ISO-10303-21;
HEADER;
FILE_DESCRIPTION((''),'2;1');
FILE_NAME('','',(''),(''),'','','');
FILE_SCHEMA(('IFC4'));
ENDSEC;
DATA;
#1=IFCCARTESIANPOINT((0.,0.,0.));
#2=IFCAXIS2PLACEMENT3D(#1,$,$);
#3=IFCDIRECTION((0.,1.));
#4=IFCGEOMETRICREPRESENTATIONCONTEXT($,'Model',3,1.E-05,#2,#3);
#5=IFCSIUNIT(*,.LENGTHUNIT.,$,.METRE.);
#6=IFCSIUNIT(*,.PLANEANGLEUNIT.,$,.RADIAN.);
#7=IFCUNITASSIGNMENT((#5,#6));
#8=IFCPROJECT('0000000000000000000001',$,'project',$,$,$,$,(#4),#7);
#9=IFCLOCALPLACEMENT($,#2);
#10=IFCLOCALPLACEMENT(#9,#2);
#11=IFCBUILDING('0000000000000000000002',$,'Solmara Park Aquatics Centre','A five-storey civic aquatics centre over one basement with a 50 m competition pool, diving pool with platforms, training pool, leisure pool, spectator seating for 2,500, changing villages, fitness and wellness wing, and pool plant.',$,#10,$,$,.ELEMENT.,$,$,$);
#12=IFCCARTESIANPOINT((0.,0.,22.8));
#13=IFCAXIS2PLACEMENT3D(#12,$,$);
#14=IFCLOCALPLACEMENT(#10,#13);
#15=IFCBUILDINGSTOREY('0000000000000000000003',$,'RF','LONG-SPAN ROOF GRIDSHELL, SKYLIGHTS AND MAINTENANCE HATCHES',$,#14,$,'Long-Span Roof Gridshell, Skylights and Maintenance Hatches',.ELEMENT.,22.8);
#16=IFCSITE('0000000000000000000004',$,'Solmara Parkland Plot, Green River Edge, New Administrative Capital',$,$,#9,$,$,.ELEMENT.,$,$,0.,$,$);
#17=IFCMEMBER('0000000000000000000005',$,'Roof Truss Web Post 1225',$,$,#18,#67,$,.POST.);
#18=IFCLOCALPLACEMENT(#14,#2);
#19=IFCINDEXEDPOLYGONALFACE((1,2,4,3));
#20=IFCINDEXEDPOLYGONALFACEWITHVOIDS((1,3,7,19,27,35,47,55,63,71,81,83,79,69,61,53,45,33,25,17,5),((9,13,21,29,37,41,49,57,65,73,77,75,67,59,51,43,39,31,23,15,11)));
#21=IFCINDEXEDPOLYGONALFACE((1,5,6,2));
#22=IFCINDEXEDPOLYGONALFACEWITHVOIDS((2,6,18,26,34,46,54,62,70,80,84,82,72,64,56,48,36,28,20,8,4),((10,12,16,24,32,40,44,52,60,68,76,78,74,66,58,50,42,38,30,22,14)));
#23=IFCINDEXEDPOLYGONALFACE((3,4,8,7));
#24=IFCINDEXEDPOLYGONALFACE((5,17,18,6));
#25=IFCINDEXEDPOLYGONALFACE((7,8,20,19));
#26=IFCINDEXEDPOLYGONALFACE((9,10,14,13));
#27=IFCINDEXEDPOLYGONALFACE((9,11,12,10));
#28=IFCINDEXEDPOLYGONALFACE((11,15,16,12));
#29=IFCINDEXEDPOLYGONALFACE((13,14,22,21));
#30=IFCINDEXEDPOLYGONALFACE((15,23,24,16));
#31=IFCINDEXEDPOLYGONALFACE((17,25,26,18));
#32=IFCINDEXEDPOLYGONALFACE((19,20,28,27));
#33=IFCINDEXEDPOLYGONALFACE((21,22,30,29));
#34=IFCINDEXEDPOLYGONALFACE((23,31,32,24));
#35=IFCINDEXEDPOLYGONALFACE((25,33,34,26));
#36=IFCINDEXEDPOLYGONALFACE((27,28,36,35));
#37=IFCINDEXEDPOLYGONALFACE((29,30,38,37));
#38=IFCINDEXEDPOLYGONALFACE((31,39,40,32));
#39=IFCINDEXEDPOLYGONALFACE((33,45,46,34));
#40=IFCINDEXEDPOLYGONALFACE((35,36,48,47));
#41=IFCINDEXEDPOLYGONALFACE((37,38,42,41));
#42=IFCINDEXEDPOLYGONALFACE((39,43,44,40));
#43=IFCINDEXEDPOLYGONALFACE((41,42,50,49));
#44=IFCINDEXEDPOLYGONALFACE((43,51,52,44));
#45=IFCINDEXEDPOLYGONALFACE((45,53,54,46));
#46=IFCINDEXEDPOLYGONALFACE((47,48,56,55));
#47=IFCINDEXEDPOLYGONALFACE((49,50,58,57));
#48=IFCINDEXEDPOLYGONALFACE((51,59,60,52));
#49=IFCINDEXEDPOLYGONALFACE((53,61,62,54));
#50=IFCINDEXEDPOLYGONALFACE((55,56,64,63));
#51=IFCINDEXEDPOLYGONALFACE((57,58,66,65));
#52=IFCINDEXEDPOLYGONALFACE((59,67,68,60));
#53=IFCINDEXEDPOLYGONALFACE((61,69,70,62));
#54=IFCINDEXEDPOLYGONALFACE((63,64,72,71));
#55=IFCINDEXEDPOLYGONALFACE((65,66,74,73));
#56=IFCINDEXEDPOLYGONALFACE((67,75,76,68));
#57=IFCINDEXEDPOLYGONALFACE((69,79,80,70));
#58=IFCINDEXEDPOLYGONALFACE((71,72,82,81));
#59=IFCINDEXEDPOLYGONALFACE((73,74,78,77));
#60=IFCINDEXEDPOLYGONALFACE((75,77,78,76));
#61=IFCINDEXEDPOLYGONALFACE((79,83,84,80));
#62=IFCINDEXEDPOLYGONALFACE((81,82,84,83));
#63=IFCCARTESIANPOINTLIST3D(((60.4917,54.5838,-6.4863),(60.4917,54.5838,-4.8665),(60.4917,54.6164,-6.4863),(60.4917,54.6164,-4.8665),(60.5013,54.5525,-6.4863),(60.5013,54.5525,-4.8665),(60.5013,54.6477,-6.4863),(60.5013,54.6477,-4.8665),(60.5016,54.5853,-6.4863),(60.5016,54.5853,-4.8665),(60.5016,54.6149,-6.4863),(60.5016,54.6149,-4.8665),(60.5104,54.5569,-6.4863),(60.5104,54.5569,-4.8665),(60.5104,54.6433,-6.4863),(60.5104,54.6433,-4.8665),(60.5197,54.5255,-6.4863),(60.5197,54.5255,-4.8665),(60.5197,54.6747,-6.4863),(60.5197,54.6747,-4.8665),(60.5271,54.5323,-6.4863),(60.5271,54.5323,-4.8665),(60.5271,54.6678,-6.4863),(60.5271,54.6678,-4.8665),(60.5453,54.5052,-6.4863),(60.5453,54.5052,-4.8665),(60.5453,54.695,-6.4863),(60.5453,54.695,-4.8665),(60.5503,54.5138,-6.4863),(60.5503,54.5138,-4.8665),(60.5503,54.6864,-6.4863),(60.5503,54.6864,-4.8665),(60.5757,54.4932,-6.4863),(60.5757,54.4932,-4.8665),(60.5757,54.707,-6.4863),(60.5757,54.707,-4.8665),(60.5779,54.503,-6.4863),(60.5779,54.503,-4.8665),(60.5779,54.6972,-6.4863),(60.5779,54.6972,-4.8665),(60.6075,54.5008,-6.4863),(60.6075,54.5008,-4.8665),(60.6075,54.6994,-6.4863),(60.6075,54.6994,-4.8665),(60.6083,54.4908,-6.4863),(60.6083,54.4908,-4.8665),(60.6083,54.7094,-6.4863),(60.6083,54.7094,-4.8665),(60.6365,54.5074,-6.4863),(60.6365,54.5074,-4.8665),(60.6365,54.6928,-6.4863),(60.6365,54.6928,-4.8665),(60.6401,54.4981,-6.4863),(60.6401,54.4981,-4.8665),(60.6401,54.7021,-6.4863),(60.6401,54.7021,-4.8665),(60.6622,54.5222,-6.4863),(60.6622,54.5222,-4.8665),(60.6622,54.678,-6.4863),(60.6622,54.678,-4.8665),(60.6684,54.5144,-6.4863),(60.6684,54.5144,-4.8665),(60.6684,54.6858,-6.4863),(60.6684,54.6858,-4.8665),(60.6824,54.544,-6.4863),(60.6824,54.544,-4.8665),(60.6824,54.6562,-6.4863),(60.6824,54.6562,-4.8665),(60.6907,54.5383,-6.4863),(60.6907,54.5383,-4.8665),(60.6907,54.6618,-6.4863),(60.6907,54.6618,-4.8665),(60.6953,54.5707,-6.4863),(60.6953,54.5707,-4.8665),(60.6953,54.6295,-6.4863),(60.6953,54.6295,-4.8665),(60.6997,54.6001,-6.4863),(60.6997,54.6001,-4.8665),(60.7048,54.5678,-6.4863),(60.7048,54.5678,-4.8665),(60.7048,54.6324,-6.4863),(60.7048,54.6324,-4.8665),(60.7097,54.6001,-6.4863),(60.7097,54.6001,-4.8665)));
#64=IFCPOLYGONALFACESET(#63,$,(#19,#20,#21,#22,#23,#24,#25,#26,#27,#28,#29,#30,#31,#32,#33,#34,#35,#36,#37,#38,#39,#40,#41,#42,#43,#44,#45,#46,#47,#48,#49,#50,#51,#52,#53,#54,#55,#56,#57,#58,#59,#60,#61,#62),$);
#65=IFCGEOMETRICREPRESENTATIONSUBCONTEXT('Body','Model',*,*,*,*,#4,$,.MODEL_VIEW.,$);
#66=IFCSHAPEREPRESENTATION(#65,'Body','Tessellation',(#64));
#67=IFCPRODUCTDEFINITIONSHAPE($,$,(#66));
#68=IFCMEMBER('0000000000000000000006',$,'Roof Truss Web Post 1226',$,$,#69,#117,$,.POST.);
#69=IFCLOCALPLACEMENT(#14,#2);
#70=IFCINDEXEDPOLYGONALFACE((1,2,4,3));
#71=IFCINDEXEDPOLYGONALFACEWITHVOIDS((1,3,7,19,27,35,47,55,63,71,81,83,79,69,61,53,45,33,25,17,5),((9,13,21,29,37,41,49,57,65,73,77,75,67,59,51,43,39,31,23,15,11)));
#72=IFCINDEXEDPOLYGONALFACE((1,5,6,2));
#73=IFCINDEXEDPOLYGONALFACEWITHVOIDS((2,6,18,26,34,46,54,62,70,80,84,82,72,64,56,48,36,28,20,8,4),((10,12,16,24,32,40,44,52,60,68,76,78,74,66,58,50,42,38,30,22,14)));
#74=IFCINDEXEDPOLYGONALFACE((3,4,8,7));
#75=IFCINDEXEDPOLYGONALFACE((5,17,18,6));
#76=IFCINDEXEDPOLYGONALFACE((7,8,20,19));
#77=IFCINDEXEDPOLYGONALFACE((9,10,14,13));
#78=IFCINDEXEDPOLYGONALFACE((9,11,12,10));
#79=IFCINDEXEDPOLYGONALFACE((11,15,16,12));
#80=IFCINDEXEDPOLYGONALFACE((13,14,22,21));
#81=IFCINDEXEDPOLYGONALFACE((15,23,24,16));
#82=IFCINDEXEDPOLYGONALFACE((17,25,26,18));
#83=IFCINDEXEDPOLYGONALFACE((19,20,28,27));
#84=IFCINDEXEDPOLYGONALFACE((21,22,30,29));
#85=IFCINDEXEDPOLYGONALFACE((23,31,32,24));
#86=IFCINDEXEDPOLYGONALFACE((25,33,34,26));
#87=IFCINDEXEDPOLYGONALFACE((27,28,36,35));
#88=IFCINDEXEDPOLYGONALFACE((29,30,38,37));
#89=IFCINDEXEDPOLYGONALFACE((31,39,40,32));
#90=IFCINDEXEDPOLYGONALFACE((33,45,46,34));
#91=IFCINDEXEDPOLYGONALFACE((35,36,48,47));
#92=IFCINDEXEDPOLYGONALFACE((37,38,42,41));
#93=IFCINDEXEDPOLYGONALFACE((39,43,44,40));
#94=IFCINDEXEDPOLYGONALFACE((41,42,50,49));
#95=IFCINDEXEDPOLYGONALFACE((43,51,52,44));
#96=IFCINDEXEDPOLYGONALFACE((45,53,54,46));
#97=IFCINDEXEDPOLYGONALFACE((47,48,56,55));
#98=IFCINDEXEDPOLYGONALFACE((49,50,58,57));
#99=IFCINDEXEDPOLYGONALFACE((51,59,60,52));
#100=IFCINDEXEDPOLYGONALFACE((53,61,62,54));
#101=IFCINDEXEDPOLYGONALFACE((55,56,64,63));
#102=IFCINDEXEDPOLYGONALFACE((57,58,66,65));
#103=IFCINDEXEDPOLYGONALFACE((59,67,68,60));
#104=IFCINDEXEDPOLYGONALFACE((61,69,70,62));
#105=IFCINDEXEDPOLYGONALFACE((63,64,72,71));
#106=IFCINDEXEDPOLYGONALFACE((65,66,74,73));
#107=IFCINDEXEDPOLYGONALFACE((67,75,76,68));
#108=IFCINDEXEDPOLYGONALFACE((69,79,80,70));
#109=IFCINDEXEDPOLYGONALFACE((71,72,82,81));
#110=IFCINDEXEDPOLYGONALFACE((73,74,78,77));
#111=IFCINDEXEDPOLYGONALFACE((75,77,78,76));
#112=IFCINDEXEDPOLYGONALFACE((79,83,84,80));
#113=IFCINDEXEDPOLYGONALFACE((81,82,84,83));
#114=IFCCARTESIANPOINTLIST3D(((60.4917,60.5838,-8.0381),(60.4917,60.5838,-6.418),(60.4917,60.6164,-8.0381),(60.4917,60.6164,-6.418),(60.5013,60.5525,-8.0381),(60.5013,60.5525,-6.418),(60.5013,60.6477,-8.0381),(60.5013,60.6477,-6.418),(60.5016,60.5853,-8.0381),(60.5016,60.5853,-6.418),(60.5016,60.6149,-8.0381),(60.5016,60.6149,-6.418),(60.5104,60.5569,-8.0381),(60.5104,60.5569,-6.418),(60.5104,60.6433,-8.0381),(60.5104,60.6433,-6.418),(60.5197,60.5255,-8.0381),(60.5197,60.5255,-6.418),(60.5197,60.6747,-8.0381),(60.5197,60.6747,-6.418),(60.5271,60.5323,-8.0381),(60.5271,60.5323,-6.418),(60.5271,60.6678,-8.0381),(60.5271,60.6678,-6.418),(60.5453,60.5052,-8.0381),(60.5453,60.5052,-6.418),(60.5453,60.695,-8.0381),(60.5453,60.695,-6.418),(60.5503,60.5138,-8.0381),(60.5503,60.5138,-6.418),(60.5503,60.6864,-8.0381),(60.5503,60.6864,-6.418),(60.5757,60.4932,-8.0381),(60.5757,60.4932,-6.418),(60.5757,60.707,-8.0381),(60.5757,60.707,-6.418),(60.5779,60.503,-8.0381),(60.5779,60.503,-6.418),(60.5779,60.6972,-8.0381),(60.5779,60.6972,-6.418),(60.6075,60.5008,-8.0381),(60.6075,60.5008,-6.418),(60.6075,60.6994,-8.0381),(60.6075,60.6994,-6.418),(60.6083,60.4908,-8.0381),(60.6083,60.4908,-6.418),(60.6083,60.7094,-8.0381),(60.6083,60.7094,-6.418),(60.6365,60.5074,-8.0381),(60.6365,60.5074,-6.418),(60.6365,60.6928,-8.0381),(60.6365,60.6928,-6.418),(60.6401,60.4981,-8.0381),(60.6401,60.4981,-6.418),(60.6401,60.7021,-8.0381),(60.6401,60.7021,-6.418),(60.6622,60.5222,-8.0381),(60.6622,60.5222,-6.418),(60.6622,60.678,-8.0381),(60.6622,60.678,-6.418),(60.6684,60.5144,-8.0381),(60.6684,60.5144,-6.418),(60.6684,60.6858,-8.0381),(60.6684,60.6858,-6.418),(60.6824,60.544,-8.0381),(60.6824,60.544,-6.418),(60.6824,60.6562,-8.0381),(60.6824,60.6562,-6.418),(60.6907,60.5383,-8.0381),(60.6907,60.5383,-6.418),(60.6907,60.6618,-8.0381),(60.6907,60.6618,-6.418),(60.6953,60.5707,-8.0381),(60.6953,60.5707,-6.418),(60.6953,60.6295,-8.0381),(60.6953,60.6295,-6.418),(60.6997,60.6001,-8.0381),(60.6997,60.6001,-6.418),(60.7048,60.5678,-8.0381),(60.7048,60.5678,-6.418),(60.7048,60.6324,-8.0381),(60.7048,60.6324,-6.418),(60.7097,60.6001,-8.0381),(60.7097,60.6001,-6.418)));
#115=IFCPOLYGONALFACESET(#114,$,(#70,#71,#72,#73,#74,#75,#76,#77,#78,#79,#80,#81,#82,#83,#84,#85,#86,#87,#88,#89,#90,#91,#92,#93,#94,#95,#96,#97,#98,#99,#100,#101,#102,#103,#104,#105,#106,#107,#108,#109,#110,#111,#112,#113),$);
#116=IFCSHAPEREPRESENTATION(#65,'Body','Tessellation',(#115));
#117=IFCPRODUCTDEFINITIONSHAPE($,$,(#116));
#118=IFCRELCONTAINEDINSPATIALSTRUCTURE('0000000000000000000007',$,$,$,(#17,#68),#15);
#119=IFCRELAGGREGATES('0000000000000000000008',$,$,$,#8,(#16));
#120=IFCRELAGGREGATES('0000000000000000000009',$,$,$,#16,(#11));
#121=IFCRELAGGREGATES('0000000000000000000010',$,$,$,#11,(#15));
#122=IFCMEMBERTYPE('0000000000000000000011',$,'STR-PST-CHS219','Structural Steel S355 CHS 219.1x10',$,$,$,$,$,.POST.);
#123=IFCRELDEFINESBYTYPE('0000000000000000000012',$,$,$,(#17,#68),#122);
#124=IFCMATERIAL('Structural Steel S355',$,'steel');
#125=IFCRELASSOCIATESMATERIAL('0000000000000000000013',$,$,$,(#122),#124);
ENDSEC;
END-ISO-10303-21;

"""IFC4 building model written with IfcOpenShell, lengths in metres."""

from ifc_helpers import new_model, si_unit, direction, frame, origin, origin_2d, place, context, subcontext, project, spatial, hollow_circle, extrude, material, material_profile, profile_set, type_object, element, save


model = new_model("IFC4")

# Units and contexts
model_context = context("Model", 3, precision=1e-05, world=origin(), true_north=direction((0.0, 1.0)))
body_context = subcontext(model_context, "Body", "Model", "MODEL_VIEW")
ifc_project = project(units=[si_unit("LENGTHUNIT", "METRE"), si_unit("PLANEANGLEUNIT", "RADIAN")], contexts=[model_context])

# Site, building, storey
site_placement = place(None, origin())
site = spatial("IfcSite", under=ifc_project, at=site_placement, Name="Solmara Parkland Plot, Green River Edge, New Administrative Capital", CompositionType="ELEMENT", RefElevation=0.0)
building_placement = place(site_placement, origin())
building = spatial("IfcBuilding", under=site, at=building_placement, Name="Solmara Park Aquatics Centre", Description="A five-storey civic aquatics centre over one basement with a 50 m competition pool, diving pool with platforms, training pool, leisure pool, spectator seating for 2,500, changing villages, fitness and wellness wing, and pool plant.", CompositionType="ELEMENT")
storey_placement = place(building_placement, frame((0.0, 0.0, 22.8)))
storey = spatial("IfcBuildingStorey", under=building, at=storey_placement, Name="RF", Description="LONG-SPAN ROOF GRIDSHELL, SKYLIGHTS AND MAINTENANCE HATCHES", LongName="Long-Span Roof Gridshell, Skylights and Maintenance Hatches", CompositionType="ELEMENT", Elevation=22.8)

# Members
ifc_material_1 = material(Name="Structural Steel S355", Category="steel")
ifc_material_profile_1 = material_profile(ifc_material_1, hollow_circle(Radius=0.1096, WallThickness=0.01, at=origin_2d()), Name="CHS 219.1x10")
ifc_profile_set_1 = profile_set([ifc_material_profile_1], Name="Structural Steel S355")
member_type_1 = type_object("IfcMemberType", Name="STR-PST-CHS219", Description="Structural Steel S355 CHS 219.1x10", PredefinedType="POST", material=ifc_profile_set_1)
member_1_placement = place(storey_placement, frame((60.6001, 54.6001, -6.4863), z_axis=(0.0, 0.0, 1.0), x_axis=(1.0, 0.0, 0.0)))
element("IfcMember", 1, at=member_1_placement, inside=storey, type_object=member_type_1, Name="Roof Truss Web Post 1225", PredefinedType="POST", context=body_context, shape_type="SweptSolid", body=[
    extrude(hollow_circle(Radius=0.1096, WallThickness=0.01, at=origin_2d()), origin(), (0.0, 0.0, 1.0), 1.6199),
])
member_2_placement = place(storey_placement, frame((60.6001, 60.6001, -8.0381), z_axis=(0.0, 0.0, 1.0), x_axis=(1.0, 0.0, 0.0)))
element("IfcMember", 2, at=member_2_placement, inside=storey, type_object=member_type_1, Name="Roof Truss Web Post 1226", PredefinedType="POST", context=body_context, shape_type="SweptSolid", body=[
    extrude(hollow_circle(Radius=0.1096, WallThickness=0.01, at=origin_2d()), origin(), (0.0, 0.0, 1.0), 1.6201),
])

save(model, "model.ifc")
